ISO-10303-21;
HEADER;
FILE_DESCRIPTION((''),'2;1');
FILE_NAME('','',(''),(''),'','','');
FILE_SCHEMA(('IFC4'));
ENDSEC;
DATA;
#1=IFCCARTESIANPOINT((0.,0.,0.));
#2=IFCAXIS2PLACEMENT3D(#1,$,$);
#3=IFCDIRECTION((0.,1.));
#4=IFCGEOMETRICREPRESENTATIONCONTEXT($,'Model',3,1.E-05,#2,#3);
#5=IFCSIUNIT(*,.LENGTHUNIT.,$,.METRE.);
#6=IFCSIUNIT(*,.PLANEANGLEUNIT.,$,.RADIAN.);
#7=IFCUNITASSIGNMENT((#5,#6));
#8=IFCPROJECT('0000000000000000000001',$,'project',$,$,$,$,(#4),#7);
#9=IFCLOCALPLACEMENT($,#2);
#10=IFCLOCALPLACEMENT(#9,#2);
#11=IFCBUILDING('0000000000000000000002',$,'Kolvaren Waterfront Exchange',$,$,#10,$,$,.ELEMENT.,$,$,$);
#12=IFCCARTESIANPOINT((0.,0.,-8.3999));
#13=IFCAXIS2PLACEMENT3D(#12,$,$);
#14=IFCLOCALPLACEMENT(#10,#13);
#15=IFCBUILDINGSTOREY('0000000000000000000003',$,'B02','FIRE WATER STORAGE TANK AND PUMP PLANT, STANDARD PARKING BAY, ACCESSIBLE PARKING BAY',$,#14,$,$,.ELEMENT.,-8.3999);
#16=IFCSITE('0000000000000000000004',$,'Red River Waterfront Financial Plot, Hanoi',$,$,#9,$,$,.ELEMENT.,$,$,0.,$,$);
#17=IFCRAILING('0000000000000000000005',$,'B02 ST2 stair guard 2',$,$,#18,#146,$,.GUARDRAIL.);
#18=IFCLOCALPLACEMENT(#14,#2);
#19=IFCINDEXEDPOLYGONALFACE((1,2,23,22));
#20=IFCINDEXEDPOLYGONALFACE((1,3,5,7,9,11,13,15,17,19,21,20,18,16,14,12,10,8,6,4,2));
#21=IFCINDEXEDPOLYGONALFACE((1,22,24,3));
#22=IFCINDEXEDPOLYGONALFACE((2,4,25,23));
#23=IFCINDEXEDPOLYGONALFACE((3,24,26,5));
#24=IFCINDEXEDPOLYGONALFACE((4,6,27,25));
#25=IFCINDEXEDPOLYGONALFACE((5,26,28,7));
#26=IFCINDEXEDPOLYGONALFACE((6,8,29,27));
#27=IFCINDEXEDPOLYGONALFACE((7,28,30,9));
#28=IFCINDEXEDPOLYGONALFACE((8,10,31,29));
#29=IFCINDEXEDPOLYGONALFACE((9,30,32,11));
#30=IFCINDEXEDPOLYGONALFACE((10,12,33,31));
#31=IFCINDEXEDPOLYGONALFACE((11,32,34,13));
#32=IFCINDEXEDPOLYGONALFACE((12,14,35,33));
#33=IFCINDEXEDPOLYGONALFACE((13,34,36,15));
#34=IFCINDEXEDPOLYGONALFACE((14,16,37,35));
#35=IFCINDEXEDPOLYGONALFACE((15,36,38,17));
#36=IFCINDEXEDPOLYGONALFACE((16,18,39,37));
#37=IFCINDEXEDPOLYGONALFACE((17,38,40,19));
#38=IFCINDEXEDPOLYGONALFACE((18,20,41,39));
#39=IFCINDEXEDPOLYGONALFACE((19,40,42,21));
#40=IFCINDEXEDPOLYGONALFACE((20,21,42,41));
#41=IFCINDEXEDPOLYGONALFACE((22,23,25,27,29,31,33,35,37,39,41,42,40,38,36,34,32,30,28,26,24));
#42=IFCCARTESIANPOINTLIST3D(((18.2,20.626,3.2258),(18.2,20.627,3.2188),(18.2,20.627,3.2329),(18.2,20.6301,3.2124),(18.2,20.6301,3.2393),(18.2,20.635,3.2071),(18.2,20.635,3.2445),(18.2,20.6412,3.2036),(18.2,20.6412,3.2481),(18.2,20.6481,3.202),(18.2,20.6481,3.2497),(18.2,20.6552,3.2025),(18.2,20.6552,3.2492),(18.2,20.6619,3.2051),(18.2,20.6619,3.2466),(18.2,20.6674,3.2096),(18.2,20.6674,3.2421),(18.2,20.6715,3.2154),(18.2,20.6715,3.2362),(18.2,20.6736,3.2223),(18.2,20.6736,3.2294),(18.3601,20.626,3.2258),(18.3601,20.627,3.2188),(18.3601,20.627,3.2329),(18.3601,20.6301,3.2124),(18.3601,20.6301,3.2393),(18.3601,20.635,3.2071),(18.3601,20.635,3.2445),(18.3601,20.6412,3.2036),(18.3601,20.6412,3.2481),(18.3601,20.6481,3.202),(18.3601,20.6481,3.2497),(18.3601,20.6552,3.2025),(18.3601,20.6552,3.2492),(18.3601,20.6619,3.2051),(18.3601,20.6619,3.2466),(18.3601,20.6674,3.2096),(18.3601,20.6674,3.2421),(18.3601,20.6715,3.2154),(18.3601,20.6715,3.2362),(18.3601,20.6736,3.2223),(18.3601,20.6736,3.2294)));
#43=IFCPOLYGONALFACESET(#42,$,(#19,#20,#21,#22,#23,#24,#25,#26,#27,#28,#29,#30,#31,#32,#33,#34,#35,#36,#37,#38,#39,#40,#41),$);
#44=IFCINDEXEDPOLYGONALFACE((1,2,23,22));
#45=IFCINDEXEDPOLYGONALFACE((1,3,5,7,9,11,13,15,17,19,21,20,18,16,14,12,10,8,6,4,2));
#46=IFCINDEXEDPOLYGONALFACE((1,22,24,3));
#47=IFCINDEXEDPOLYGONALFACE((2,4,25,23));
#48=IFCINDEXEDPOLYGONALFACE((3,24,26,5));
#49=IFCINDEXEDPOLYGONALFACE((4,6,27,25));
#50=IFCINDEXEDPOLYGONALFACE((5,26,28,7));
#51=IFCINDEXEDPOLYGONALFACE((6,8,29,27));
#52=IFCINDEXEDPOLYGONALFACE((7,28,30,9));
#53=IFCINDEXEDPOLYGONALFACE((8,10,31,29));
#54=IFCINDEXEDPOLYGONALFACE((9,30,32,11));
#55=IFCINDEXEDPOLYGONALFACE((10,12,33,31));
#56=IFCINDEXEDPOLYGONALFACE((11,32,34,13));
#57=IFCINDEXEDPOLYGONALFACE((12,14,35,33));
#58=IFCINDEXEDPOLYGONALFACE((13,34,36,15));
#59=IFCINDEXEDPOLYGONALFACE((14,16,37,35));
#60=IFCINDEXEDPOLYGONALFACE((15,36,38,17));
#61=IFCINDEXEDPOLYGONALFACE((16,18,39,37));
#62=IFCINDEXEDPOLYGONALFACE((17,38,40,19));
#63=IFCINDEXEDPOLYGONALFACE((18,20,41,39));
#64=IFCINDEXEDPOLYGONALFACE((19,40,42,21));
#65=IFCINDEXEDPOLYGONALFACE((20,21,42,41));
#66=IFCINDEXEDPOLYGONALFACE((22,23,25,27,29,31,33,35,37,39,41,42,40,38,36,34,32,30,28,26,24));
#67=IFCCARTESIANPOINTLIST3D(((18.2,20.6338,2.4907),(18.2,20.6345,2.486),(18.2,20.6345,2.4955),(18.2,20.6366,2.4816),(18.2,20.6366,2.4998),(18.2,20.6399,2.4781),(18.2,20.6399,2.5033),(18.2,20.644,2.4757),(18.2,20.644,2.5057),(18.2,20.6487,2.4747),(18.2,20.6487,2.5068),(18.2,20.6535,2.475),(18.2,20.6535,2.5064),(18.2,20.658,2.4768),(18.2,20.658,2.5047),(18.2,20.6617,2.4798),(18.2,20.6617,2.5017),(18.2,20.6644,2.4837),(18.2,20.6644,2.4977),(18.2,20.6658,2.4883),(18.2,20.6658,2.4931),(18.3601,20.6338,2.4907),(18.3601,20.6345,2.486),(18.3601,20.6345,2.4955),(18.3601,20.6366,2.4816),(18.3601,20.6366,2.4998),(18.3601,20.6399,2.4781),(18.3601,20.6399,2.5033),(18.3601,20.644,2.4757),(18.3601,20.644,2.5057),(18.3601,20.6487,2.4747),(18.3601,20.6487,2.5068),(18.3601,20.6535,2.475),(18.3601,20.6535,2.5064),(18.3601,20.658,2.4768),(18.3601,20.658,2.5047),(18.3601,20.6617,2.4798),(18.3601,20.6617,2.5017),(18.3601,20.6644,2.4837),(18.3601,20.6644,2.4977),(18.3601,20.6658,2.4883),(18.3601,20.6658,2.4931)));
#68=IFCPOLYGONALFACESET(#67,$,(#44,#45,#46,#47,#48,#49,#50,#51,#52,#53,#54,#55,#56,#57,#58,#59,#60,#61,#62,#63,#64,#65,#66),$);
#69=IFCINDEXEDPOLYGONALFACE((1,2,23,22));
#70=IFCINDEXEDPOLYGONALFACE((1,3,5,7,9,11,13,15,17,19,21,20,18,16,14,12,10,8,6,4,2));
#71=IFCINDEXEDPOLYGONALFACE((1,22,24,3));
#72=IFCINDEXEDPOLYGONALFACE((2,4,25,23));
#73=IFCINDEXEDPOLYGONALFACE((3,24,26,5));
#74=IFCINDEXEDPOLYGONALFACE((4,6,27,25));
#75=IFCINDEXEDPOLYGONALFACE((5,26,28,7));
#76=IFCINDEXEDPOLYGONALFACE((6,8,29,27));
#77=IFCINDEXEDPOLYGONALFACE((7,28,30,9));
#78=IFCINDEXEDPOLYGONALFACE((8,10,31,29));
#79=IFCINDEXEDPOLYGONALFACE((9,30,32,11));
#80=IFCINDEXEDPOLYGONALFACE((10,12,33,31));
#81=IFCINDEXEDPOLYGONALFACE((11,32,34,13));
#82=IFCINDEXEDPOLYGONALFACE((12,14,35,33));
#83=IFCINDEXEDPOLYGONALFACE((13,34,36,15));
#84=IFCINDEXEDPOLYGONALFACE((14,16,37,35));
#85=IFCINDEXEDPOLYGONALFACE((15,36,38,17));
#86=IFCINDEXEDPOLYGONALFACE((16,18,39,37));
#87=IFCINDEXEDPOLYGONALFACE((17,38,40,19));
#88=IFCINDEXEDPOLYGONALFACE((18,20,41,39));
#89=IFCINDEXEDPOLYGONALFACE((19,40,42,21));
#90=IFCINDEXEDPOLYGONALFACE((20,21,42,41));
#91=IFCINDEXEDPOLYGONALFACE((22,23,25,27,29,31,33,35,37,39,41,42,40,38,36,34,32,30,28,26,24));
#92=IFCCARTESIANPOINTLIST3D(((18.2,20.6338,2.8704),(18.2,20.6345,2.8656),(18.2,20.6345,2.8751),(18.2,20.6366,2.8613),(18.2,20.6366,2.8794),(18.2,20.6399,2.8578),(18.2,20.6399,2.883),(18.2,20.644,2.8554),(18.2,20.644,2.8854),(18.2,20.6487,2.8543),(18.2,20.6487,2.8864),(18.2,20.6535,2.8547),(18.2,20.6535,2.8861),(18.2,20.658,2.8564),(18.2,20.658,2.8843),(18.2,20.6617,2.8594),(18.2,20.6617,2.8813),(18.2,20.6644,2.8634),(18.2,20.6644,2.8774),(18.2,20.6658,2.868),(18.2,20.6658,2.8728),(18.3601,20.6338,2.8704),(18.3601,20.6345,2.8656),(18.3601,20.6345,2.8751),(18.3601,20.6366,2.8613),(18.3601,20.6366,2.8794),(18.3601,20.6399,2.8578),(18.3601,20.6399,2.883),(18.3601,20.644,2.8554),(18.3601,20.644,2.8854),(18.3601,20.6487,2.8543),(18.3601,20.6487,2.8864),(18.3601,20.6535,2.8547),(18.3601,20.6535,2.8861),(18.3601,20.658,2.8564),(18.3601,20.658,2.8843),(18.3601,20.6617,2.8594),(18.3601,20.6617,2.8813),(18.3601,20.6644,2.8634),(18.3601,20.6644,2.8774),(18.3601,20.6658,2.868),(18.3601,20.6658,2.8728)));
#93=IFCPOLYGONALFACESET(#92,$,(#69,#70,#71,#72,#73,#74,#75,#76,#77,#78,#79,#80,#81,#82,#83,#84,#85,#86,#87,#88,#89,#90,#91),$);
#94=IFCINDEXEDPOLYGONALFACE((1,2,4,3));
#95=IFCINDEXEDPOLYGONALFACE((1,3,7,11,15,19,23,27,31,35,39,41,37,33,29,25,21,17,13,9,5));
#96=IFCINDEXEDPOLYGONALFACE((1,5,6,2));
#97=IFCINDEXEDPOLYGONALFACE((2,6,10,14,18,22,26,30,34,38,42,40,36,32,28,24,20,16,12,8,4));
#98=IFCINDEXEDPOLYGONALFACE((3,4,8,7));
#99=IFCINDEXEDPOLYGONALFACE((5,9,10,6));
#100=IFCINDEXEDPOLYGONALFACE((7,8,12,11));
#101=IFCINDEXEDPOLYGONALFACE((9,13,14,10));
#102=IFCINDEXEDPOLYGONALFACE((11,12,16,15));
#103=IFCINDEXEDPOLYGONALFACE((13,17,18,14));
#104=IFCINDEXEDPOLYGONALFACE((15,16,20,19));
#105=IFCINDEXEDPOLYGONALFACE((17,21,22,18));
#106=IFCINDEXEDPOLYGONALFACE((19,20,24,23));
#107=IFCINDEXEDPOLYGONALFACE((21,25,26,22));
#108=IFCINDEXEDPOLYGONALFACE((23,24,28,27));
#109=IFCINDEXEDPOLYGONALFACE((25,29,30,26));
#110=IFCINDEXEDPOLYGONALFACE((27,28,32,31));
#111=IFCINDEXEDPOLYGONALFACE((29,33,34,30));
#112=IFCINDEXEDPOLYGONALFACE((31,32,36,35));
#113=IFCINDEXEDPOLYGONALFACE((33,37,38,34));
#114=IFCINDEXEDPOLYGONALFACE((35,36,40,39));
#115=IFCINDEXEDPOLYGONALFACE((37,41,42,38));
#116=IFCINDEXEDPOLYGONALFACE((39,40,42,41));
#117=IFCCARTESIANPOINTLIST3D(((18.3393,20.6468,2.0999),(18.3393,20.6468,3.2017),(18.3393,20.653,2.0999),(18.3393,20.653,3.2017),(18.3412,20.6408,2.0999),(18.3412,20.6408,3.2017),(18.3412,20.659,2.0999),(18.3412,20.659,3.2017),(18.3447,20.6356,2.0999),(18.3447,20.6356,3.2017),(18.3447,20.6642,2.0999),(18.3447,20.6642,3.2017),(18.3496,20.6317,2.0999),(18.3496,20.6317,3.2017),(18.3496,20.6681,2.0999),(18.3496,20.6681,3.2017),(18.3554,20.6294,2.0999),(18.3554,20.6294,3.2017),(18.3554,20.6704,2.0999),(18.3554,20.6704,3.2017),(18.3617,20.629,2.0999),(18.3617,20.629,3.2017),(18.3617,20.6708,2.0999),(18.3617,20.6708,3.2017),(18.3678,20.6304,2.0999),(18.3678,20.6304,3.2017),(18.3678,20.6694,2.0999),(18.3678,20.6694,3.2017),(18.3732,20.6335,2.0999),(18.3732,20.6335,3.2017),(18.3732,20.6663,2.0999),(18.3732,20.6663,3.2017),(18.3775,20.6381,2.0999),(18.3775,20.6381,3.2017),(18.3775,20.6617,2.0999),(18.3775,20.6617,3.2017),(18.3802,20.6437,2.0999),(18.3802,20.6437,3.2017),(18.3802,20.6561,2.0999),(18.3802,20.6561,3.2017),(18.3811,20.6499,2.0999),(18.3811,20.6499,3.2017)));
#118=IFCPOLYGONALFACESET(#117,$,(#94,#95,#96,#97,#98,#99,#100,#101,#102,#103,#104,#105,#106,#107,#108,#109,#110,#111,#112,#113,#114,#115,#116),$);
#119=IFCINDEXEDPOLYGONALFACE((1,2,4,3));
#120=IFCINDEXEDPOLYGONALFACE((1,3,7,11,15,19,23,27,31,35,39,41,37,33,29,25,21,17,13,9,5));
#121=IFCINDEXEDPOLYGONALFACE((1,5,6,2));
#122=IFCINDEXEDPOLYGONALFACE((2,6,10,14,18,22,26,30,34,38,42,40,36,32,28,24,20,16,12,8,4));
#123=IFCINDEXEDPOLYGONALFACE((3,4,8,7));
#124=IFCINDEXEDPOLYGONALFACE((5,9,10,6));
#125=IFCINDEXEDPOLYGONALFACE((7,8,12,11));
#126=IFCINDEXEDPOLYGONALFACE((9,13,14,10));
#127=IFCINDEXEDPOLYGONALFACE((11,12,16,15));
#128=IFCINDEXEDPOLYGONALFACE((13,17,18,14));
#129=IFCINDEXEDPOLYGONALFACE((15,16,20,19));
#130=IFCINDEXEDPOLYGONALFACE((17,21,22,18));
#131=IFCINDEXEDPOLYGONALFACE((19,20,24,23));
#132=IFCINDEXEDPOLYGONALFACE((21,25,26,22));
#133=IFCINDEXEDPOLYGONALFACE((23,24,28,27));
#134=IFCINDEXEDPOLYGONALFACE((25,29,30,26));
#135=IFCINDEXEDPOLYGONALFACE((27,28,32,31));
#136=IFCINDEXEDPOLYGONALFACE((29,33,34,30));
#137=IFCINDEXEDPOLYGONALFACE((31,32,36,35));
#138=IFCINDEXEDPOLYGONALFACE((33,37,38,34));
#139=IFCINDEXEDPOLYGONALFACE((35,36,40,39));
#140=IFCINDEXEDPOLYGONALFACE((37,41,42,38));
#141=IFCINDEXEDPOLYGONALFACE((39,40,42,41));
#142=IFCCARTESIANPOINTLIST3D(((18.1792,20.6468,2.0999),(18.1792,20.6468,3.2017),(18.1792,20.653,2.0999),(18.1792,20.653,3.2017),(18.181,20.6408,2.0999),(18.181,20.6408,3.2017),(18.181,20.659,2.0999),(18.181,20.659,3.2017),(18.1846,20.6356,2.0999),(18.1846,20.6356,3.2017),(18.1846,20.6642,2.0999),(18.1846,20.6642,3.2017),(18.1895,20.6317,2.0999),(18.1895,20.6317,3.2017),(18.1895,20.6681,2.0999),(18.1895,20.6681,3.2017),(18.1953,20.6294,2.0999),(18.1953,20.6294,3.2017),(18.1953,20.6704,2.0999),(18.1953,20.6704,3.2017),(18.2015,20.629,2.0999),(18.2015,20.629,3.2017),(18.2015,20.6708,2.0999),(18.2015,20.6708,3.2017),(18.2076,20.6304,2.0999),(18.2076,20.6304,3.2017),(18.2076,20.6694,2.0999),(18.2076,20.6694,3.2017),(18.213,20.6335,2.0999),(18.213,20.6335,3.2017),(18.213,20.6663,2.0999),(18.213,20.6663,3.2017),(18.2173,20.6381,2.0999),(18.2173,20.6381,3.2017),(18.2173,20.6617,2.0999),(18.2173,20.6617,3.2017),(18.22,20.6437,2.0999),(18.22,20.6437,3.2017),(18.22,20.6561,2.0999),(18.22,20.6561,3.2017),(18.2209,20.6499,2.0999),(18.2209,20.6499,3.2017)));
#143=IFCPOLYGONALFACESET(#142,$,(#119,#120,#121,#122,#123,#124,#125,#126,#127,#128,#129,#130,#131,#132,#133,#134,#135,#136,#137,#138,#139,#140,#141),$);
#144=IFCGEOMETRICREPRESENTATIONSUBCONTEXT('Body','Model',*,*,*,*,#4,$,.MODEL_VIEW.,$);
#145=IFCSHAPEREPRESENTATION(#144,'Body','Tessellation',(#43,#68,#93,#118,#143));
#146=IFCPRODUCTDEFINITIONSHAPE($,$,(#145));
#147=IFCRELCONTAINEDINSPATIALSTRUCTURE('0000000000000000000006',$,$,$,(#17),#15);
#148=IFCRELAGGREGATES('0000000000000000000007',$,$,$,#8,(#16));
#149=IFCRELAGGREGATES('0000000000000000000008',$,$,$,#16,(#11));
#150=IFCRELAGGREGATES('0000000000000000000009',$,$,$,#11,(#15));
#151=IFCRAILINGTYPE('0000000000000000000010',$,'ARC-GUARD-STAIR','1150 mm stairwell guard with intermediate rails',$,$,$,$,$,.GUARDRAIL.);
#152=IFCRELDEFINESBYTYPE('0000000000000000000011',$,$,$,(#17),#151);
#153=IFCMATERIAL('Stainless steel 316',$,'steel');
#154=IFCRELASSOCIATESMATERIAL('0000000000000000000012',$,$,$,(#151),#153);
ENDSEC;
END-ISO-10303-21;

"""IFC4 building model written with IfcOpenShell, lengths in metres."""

from ifc_helpers import new_model, si_unit, direction, frame, origin, origin_2d, place, context, subcontext, project, spatial, circle, extrude, material, type_object, element, save


model = new_model("IFC4")

# Units and contexts
model_context = context("Model", 3, precision=1e-05, world=origin(), true_north=direction((0.0, 1.0)))
body_context = subcontext(model_context, "Body", "Model", "MODEL_VIEW")
ifc_project = project(units=[si_unit("LENGTHUNIT", "METRE"), si_unit("PLANEANGLEUNIT", "RADIAN")], contexts=[model_context])

# Site, building, storey
site_placement = place(None, origin())
site = spatial("IfcSite", under=ifc_project, at=site_placement, Name="Red River Waterfront Financial Plot, Hanoi", CompositionType="ELEMENT", RefElevation=0.0)
building_placement = place(site_placement, origin())
building = spatial("IfcBuilding", under=site, at=building_placement, Name="Kolvaren Waterfront Exchange", CompositionType="ELEMENT")
storey_placement = place(building_placement, frame((0.0, 0.0, -8.3999)))
storey = spatial("IfcBuildingStorey", under=building, at=storey_placement, Name="B02", Description="FIRE WATER STORAGE TANK AND PUMP PLANT, STANDARD PARKING BAY, ACCESSIBLE PARKING BAY", CompositionType="ELEMENT", Elevation=-8.3999)

# Railing
ifc_material_1 = material(Name="Stainless steel 316", Category="steel")
railing_type_1 = type_object("IfcRailingType", Name="ARC-GUARD-STAIR", Description="1150 mm stairwell guard with intermediate rails", PredefinedType="GUARDRAIL", material=ifc_material_1)
railing_1_placement = place(storey_placement, frame((18.3601, 20.6499, 2.0999)))
element("IfcRailing", 1, at=railing_1_placement, inside=storey, type_object=railing_type_1, Name="B02 ST2 stair guard 2", PredefinedType="GUARDRAIL", context=body_context, shape_type="SweptSolid", body=[
    extrude(circle(Radius=0.0239, at=origin_2d()), frame((0.0, 0.0, 1.126), z_axis=(-1.0, 0.0, 0.0), x_axis=(0.0, -1.0, 0.0)), (0.0, 0.0, 1.0), 0.1602),
    extrude(circle(Radius=0.0161, at=origin_2d()), frame((0.0, 0.0, 0.3909), z_axis=(-1.0, 0.0, 0.0), x_axis=(0.0, -1.0, 0.0)), (0.0, 0.0, 1.0), 0.1602),
    extrude(circle(Radius=0.0161, at=origin_2d()), frame((0.0, 0.0, 0.7705), z_axis=(-1.0, 0.0, 0.0), x_axis=(0.0, -1.0, 0.0)), (0.0, 0.0, 1.0), 0.1602),
    extrude(circle(Radius=0.021, at=origin_2d()), origin(), (0.0, 0.0, 1.0), 1.1018),
    extrude(circle(Radius=0.021, at=origin_2d()), frame((-0.1602, 0.0, 0.0)), (0.0, 0.0, 1.0), 1.1018),
])

save(model, "model.ifc")
